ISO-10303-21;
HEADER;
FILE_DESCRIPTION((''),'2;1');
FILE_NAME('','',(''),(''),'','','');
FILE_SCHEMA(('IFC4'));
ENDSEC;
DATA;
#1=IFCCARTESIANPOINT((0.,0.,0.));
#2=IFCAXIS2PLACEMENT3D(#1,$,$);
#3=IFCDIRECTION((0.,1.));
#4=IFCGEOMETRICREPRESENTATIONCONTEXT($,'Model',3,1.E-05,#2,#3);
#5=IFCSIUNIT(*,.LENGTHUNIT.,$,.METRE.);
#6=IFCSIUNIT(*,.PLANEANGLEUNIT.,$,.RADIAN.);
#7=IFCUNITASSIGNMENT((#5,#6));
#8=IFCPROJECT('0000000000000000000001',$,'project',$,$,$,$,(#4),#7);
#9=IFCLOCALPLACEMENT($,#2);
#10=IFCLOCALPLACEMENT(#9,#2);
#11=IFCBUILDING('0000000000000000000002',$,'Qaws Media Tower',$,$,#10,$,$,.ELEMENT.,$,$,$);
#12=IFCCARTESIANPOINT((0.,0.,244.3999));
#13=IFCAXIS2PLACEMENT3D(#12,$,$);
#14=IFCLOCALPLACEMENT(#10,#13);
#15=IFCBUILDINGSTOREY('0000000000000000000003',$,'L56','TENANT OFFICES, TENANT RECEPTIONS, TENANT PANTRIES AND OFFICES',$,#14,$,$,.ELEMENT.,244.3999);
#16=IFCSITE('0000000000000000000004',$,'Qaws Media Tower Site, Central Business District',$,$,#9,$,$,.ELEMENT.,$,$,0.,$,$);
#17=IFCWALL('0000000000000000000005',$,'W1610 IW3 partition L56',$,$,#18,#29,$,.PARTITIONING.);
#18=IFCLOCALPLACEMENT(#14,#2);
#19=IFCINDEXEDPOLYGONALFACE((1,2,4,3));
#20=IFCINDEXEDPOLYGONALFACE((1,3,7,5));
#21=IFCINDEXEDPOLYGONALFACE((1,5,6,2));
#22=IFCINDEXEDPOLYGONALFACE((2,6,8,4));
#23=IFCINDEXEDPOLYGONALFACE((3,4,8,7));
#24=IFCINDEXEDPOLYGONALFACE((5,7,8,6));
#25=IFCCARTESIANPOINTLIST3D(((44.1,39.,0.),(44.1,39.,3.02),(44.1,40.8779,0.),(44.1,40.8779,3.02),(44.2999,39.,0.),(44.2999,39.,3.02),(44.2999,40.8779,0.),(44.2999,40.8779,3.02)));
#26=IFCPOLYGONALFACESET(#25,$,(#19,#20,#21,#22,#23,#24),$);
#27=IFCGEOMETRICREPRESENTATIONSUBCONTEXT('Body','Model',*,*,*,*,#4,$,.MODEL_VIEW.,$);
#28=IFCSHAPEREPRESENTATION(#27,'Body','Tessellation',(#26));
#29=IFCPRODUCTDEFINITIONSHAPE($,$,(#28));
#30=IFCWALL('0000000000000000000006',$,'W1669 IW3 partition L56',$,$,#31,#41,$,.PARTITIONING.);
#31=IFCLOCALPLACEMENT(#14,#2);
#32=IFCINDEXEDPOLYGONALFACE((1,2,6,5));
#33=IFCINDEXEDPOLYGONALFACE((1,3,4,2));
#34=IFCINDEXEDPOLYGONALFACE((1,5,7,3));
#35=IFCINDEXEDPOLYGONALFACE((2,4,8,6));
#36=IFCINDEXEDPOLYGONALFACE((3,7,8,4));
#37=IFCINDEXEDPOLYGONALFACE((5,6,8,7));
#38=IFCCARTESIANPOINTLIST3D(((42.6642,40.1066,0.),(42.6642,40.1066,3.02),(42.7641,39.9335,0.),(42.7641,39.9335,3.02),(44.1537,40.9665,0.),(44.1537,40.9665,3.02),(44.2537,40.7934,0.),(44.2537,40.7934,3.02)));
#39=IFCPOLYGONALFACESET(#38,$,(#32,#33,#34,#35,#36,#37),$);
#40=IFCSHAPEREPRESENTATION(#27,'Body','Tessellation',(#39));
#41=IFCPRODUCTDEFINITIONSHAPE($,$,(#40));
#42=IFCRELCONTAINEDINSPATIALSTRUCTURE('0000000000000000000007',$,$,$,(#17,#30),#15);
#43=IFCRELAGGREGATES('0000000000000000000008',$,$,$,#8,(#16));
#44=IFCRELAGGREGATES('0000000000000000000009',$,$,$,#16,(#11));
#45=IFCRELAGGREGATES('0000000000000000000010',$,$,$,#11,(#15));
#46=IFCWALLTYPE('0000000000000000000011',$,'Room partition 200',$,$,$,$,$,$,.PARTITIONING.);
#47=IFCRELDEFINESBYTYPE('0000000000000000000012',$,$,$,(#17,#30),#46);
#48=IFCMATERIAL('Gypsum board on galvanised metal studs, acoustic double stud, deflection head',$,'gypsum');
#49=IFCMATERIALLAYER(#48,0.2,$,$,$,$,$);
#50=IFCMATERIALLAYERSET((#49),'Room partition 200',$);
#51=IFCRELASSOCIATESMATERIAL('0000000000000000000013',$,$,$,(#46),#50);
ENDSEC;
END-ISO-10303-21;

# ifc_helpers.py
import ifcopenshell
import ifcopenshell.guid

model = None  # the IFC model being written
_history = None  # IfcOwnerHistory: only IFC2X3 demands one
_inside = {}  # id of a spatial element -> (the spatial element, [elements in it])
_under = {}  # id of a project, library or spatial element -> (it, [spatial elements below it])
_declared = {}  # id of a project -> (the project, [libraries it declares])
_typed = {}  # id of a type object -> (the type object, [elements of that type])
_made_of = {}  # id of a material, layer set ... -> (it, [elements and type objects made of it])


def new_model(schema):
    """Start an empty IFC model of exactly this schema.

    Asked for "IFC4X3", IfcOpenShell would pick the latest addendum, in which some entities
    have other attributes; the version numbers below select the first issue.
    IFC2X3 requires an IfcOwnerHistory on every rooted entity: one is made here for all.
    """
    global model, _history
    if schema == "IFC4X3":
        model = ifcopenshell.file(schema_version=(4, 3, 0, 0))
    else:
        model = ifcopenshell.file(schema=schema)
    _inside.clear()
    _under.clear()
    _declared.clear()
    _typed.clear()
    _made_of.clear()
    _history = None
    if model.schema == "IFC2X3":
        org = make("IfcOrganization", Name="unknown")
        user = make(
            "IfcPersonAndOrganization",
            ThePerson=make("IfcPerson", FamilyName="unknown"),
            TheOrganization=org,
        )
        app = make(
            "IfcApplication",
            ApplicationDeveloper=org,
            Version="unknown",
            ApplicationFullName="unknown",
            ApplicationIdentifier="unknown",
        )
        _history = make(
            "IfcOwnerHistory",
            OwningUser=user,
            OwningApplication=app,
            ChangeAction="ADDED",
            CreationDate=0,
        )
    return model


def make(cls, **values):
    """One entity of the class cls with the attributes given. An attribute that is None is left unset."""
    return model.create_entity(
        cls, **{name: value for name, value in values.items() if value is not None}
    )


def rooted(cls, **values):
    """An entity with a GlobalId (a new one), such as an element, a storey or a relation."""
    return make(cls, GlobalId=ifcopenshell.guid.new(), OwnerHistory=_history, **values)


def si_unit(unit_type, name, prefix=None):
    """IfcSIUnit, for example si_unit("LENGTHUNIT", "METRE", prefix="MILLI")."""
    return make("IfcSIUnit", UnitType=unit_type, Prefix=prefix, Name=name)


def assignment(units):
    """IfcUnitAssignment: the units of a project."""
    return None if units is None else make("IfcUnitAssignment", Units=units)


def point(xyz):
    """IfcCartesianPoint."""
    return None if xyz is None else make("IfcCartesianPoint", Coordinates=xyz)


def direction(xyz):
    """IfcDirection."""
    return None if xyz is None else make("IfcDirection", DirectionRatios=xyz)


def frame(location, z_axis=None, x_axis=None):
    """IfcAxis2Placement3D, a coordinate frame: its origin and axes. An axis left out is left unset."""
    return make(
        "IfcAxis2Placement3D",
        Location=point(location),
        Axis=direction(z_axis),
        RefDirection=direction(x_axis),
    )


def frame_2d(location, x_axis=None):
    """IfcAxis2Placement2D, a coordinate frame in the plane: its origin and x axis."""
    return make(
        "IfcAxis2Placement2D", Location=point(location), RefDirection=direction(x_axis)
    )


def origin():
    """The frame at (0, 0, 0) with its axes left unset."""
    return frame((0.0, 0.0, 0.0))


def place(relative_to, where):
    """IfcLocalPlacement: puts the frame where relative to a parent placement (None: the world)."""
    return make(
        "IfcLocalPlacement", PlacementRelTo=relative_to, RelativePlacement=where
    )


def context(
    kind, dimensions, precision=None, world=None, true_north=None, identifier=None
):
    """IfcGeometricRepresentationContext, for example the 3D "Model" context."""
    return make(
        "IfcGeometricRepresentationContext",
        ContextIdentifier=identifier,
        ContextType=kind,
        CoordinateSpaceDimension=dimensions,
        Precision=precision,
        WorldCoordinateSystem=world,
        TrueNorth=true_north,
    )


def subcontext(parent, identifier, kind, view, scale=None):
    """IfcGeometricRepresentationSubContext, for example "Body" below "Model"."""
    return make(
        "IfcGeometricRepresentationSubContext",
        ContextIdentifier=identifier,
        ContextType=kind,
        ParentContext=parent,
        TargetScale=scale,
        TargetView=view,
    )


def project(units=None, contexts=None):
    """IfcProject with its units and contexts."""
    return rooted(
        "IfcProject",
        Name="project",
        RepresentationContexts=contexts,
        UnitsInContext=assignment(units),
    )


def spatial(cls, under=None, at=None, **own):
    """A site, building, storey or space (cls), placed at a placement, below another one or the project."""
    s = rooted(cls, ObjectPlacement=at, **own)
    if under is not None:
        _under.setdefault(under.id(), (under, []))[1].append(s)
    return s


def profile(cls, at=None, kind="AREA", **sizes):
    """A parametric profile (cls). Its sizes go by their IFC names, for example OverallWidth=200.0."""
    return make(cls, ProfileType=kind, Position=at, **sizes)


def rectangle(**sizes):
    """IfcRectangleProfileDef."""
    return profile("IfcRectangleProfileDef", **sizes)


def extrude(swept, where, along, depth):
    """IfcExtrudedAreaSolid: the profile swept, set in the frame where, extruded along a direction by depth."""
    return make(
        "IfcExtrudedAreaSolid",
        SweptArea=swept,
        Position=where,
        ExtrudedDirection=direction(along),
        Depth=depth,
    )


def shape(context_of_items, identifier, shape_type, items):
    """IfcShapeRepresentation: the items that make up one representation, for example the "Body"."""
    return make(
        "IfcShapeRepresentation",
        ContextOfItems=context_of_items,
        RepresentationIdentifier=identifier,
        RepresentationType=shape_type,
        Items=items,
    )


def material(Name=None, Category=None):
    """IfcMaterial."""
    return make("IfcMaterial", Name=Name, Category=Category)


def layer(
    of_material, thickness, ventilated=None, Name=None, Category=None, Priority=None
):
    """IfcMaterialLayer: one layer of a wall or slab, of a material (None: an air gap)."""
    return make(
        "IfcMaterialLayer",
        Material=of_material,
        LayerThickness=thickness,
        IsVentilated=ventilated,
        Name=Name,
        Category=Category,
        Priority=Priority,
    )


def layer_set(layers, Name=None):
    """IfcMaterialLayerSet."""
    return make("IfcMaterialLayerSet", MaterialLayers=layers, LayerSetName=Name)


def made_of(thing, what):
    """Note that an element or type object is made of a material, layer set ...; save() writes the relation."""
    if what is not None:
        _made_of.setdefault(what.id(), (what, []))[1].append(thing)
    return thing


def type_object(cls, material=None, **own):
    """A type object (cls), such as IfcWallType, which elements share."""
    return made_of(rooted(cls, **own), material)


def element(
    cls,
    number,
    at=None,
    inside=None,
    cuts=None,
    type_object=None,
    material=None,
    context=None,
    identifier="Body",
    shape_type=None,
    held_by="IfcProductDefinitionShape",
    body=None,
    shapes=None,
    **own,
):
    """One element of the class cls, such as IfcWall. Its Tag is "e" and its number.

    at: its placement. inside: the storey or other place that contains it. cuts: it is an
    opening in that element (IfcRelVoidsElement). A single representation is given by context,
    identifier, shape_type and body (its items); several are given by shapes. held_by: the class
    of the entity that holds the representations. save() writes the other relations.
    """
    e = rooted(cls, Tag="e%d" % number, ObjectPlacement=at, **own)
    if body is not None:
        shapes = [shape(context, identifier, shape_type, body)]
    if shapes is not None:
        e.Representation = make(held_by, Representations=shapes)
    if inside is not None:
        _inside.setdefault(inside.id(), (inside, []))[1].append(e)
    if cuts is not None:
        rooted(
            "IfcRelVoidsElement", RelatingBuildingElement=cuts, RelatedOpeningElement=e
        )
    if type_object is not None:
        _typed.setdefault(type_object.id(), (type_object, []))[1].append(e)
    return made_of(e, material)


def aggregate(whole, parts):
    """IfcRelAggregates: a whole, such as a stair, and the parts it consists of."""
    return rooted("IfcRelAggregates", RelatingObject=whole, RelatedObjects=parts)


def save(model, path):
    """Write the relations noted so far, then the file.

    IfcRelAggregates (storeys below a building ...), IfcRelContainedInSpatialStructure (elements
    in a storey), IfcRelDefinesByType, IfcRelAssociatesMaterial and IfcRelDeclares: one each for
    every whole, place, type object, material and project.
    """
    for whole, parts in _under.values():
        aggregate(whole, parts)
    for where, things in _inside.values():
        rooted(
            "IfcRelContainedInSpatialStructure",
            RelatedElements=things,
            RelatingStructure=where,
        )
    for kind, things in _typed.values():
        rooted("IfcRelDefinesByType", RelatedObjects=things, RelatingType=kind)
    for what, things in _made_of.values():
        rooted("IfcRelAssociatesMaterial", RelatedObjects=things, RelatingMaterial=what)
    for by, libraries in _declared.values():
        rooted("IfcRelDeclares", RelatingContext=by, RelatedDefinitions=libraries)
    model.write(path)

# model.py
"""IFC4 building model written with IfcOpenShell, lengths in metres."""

from ifc_helpers import new_model, si_unit, direction, frame, frame_2d, origin, place, context, subcontext, project, spatial, rectangle, extrude, material, layer, layer_set, type_object, element, save


model = new_model("IFC4")

# Units and contexts
model_context = context("Model", 3, precision=1e-05, world=origin(), true_north=direction((0.0, 1.0)))
body_context = subcontext(model_context, "Body", "Model", "MODEL_VIEW")
ifc_project = project(units=[si_unit("LENGTHUNIT", "METRE"), si_unit("PLANEANGLEUNIT", "RADIAN")], contexts=[model_context])

# Site, building, storey
site_placement = place(None, origin())
site = spatial("IfcSite", under=ifc_project, at=site_placement, Name="Qaws Media Tower Site, Central Business District", CompositionType="ELEMENT", RefElevation=0.0)
building_placement = place(site_placement, origin())
building = spatial("IfcBuilding", under=site, at=building_placement, Name="Qaws Media Tower", CompositionType="ELEMENT")
storey_placement = place(building_placement, frame((0.0, 0.0, 244.3999)))
storey = spatial("IfcBuildingStorey", under=building, at=storey_placement, Name="L56", Description="TENANT OFFICES, TENANT RECEPTIONS, TENANT PANTRIES AND OFFICES", CompositionType="ELEMENT", Elevation=244.3999)

# Shared definitions
ifc_material_1 = material(Name="Gypsum board on galvanised metal studs, acoustic double stud, deflection head", Category="gypsum")
ifc_layer_1 = layer(ifc_material_1, 0.2)
ifc_layer_set_1 = layer_set([ifc_layer_1], Name="Room partition 200")
wall_type = type_object("IfcWallType", Name="Room partition 200", PredefinedType="PARTITIONING", material=ifc_layer_set_1)

# Wall
wall_1_placement = place(storey_placement, frame((44.2, 39.0, 0.0), z_axis=(0.0, 0.0, 1.0), x_axis=(0.0, 1.0, 0.0)))
element("IfcWall", 1, at=wall_1_placement, inside=storey, type_object=wall_type, Name="W1610 IW3 partition L56", PredefinedType="PARTITIONING", context=body_context, shape_type="SweptSolid", body=[
    extrude(rectangle(XDim=1.8779, YDim=0.2, at=frame_2d((0.939, 0.0))), origin(), (0.0, 0.0, 1.0), 3.02),
])

# Wall
wall_2_placement = place(storey_placement, frame((44.2036, 40.8799, 0.0), z_axis=(0.0, 0.0, 1.0), x_axis=(-0.866051, -0.499956, 0.0)))
element("IfcWall", 2, at=wall_2_placement, inside=storey, type_object=wall_type, Name="W1669 IW3 partition L56", PredefinedType="PARTITIONING", context=body_context, shape_type="SweptSolid", body=[
    extrude(rectangle(XDim=1.72, YDim=0.2, at=frame_2d((0.8599, 0.0))), origin(), (0.0, 0.0, 1.0), 3.02),
])

save(model, "model.ifc")
